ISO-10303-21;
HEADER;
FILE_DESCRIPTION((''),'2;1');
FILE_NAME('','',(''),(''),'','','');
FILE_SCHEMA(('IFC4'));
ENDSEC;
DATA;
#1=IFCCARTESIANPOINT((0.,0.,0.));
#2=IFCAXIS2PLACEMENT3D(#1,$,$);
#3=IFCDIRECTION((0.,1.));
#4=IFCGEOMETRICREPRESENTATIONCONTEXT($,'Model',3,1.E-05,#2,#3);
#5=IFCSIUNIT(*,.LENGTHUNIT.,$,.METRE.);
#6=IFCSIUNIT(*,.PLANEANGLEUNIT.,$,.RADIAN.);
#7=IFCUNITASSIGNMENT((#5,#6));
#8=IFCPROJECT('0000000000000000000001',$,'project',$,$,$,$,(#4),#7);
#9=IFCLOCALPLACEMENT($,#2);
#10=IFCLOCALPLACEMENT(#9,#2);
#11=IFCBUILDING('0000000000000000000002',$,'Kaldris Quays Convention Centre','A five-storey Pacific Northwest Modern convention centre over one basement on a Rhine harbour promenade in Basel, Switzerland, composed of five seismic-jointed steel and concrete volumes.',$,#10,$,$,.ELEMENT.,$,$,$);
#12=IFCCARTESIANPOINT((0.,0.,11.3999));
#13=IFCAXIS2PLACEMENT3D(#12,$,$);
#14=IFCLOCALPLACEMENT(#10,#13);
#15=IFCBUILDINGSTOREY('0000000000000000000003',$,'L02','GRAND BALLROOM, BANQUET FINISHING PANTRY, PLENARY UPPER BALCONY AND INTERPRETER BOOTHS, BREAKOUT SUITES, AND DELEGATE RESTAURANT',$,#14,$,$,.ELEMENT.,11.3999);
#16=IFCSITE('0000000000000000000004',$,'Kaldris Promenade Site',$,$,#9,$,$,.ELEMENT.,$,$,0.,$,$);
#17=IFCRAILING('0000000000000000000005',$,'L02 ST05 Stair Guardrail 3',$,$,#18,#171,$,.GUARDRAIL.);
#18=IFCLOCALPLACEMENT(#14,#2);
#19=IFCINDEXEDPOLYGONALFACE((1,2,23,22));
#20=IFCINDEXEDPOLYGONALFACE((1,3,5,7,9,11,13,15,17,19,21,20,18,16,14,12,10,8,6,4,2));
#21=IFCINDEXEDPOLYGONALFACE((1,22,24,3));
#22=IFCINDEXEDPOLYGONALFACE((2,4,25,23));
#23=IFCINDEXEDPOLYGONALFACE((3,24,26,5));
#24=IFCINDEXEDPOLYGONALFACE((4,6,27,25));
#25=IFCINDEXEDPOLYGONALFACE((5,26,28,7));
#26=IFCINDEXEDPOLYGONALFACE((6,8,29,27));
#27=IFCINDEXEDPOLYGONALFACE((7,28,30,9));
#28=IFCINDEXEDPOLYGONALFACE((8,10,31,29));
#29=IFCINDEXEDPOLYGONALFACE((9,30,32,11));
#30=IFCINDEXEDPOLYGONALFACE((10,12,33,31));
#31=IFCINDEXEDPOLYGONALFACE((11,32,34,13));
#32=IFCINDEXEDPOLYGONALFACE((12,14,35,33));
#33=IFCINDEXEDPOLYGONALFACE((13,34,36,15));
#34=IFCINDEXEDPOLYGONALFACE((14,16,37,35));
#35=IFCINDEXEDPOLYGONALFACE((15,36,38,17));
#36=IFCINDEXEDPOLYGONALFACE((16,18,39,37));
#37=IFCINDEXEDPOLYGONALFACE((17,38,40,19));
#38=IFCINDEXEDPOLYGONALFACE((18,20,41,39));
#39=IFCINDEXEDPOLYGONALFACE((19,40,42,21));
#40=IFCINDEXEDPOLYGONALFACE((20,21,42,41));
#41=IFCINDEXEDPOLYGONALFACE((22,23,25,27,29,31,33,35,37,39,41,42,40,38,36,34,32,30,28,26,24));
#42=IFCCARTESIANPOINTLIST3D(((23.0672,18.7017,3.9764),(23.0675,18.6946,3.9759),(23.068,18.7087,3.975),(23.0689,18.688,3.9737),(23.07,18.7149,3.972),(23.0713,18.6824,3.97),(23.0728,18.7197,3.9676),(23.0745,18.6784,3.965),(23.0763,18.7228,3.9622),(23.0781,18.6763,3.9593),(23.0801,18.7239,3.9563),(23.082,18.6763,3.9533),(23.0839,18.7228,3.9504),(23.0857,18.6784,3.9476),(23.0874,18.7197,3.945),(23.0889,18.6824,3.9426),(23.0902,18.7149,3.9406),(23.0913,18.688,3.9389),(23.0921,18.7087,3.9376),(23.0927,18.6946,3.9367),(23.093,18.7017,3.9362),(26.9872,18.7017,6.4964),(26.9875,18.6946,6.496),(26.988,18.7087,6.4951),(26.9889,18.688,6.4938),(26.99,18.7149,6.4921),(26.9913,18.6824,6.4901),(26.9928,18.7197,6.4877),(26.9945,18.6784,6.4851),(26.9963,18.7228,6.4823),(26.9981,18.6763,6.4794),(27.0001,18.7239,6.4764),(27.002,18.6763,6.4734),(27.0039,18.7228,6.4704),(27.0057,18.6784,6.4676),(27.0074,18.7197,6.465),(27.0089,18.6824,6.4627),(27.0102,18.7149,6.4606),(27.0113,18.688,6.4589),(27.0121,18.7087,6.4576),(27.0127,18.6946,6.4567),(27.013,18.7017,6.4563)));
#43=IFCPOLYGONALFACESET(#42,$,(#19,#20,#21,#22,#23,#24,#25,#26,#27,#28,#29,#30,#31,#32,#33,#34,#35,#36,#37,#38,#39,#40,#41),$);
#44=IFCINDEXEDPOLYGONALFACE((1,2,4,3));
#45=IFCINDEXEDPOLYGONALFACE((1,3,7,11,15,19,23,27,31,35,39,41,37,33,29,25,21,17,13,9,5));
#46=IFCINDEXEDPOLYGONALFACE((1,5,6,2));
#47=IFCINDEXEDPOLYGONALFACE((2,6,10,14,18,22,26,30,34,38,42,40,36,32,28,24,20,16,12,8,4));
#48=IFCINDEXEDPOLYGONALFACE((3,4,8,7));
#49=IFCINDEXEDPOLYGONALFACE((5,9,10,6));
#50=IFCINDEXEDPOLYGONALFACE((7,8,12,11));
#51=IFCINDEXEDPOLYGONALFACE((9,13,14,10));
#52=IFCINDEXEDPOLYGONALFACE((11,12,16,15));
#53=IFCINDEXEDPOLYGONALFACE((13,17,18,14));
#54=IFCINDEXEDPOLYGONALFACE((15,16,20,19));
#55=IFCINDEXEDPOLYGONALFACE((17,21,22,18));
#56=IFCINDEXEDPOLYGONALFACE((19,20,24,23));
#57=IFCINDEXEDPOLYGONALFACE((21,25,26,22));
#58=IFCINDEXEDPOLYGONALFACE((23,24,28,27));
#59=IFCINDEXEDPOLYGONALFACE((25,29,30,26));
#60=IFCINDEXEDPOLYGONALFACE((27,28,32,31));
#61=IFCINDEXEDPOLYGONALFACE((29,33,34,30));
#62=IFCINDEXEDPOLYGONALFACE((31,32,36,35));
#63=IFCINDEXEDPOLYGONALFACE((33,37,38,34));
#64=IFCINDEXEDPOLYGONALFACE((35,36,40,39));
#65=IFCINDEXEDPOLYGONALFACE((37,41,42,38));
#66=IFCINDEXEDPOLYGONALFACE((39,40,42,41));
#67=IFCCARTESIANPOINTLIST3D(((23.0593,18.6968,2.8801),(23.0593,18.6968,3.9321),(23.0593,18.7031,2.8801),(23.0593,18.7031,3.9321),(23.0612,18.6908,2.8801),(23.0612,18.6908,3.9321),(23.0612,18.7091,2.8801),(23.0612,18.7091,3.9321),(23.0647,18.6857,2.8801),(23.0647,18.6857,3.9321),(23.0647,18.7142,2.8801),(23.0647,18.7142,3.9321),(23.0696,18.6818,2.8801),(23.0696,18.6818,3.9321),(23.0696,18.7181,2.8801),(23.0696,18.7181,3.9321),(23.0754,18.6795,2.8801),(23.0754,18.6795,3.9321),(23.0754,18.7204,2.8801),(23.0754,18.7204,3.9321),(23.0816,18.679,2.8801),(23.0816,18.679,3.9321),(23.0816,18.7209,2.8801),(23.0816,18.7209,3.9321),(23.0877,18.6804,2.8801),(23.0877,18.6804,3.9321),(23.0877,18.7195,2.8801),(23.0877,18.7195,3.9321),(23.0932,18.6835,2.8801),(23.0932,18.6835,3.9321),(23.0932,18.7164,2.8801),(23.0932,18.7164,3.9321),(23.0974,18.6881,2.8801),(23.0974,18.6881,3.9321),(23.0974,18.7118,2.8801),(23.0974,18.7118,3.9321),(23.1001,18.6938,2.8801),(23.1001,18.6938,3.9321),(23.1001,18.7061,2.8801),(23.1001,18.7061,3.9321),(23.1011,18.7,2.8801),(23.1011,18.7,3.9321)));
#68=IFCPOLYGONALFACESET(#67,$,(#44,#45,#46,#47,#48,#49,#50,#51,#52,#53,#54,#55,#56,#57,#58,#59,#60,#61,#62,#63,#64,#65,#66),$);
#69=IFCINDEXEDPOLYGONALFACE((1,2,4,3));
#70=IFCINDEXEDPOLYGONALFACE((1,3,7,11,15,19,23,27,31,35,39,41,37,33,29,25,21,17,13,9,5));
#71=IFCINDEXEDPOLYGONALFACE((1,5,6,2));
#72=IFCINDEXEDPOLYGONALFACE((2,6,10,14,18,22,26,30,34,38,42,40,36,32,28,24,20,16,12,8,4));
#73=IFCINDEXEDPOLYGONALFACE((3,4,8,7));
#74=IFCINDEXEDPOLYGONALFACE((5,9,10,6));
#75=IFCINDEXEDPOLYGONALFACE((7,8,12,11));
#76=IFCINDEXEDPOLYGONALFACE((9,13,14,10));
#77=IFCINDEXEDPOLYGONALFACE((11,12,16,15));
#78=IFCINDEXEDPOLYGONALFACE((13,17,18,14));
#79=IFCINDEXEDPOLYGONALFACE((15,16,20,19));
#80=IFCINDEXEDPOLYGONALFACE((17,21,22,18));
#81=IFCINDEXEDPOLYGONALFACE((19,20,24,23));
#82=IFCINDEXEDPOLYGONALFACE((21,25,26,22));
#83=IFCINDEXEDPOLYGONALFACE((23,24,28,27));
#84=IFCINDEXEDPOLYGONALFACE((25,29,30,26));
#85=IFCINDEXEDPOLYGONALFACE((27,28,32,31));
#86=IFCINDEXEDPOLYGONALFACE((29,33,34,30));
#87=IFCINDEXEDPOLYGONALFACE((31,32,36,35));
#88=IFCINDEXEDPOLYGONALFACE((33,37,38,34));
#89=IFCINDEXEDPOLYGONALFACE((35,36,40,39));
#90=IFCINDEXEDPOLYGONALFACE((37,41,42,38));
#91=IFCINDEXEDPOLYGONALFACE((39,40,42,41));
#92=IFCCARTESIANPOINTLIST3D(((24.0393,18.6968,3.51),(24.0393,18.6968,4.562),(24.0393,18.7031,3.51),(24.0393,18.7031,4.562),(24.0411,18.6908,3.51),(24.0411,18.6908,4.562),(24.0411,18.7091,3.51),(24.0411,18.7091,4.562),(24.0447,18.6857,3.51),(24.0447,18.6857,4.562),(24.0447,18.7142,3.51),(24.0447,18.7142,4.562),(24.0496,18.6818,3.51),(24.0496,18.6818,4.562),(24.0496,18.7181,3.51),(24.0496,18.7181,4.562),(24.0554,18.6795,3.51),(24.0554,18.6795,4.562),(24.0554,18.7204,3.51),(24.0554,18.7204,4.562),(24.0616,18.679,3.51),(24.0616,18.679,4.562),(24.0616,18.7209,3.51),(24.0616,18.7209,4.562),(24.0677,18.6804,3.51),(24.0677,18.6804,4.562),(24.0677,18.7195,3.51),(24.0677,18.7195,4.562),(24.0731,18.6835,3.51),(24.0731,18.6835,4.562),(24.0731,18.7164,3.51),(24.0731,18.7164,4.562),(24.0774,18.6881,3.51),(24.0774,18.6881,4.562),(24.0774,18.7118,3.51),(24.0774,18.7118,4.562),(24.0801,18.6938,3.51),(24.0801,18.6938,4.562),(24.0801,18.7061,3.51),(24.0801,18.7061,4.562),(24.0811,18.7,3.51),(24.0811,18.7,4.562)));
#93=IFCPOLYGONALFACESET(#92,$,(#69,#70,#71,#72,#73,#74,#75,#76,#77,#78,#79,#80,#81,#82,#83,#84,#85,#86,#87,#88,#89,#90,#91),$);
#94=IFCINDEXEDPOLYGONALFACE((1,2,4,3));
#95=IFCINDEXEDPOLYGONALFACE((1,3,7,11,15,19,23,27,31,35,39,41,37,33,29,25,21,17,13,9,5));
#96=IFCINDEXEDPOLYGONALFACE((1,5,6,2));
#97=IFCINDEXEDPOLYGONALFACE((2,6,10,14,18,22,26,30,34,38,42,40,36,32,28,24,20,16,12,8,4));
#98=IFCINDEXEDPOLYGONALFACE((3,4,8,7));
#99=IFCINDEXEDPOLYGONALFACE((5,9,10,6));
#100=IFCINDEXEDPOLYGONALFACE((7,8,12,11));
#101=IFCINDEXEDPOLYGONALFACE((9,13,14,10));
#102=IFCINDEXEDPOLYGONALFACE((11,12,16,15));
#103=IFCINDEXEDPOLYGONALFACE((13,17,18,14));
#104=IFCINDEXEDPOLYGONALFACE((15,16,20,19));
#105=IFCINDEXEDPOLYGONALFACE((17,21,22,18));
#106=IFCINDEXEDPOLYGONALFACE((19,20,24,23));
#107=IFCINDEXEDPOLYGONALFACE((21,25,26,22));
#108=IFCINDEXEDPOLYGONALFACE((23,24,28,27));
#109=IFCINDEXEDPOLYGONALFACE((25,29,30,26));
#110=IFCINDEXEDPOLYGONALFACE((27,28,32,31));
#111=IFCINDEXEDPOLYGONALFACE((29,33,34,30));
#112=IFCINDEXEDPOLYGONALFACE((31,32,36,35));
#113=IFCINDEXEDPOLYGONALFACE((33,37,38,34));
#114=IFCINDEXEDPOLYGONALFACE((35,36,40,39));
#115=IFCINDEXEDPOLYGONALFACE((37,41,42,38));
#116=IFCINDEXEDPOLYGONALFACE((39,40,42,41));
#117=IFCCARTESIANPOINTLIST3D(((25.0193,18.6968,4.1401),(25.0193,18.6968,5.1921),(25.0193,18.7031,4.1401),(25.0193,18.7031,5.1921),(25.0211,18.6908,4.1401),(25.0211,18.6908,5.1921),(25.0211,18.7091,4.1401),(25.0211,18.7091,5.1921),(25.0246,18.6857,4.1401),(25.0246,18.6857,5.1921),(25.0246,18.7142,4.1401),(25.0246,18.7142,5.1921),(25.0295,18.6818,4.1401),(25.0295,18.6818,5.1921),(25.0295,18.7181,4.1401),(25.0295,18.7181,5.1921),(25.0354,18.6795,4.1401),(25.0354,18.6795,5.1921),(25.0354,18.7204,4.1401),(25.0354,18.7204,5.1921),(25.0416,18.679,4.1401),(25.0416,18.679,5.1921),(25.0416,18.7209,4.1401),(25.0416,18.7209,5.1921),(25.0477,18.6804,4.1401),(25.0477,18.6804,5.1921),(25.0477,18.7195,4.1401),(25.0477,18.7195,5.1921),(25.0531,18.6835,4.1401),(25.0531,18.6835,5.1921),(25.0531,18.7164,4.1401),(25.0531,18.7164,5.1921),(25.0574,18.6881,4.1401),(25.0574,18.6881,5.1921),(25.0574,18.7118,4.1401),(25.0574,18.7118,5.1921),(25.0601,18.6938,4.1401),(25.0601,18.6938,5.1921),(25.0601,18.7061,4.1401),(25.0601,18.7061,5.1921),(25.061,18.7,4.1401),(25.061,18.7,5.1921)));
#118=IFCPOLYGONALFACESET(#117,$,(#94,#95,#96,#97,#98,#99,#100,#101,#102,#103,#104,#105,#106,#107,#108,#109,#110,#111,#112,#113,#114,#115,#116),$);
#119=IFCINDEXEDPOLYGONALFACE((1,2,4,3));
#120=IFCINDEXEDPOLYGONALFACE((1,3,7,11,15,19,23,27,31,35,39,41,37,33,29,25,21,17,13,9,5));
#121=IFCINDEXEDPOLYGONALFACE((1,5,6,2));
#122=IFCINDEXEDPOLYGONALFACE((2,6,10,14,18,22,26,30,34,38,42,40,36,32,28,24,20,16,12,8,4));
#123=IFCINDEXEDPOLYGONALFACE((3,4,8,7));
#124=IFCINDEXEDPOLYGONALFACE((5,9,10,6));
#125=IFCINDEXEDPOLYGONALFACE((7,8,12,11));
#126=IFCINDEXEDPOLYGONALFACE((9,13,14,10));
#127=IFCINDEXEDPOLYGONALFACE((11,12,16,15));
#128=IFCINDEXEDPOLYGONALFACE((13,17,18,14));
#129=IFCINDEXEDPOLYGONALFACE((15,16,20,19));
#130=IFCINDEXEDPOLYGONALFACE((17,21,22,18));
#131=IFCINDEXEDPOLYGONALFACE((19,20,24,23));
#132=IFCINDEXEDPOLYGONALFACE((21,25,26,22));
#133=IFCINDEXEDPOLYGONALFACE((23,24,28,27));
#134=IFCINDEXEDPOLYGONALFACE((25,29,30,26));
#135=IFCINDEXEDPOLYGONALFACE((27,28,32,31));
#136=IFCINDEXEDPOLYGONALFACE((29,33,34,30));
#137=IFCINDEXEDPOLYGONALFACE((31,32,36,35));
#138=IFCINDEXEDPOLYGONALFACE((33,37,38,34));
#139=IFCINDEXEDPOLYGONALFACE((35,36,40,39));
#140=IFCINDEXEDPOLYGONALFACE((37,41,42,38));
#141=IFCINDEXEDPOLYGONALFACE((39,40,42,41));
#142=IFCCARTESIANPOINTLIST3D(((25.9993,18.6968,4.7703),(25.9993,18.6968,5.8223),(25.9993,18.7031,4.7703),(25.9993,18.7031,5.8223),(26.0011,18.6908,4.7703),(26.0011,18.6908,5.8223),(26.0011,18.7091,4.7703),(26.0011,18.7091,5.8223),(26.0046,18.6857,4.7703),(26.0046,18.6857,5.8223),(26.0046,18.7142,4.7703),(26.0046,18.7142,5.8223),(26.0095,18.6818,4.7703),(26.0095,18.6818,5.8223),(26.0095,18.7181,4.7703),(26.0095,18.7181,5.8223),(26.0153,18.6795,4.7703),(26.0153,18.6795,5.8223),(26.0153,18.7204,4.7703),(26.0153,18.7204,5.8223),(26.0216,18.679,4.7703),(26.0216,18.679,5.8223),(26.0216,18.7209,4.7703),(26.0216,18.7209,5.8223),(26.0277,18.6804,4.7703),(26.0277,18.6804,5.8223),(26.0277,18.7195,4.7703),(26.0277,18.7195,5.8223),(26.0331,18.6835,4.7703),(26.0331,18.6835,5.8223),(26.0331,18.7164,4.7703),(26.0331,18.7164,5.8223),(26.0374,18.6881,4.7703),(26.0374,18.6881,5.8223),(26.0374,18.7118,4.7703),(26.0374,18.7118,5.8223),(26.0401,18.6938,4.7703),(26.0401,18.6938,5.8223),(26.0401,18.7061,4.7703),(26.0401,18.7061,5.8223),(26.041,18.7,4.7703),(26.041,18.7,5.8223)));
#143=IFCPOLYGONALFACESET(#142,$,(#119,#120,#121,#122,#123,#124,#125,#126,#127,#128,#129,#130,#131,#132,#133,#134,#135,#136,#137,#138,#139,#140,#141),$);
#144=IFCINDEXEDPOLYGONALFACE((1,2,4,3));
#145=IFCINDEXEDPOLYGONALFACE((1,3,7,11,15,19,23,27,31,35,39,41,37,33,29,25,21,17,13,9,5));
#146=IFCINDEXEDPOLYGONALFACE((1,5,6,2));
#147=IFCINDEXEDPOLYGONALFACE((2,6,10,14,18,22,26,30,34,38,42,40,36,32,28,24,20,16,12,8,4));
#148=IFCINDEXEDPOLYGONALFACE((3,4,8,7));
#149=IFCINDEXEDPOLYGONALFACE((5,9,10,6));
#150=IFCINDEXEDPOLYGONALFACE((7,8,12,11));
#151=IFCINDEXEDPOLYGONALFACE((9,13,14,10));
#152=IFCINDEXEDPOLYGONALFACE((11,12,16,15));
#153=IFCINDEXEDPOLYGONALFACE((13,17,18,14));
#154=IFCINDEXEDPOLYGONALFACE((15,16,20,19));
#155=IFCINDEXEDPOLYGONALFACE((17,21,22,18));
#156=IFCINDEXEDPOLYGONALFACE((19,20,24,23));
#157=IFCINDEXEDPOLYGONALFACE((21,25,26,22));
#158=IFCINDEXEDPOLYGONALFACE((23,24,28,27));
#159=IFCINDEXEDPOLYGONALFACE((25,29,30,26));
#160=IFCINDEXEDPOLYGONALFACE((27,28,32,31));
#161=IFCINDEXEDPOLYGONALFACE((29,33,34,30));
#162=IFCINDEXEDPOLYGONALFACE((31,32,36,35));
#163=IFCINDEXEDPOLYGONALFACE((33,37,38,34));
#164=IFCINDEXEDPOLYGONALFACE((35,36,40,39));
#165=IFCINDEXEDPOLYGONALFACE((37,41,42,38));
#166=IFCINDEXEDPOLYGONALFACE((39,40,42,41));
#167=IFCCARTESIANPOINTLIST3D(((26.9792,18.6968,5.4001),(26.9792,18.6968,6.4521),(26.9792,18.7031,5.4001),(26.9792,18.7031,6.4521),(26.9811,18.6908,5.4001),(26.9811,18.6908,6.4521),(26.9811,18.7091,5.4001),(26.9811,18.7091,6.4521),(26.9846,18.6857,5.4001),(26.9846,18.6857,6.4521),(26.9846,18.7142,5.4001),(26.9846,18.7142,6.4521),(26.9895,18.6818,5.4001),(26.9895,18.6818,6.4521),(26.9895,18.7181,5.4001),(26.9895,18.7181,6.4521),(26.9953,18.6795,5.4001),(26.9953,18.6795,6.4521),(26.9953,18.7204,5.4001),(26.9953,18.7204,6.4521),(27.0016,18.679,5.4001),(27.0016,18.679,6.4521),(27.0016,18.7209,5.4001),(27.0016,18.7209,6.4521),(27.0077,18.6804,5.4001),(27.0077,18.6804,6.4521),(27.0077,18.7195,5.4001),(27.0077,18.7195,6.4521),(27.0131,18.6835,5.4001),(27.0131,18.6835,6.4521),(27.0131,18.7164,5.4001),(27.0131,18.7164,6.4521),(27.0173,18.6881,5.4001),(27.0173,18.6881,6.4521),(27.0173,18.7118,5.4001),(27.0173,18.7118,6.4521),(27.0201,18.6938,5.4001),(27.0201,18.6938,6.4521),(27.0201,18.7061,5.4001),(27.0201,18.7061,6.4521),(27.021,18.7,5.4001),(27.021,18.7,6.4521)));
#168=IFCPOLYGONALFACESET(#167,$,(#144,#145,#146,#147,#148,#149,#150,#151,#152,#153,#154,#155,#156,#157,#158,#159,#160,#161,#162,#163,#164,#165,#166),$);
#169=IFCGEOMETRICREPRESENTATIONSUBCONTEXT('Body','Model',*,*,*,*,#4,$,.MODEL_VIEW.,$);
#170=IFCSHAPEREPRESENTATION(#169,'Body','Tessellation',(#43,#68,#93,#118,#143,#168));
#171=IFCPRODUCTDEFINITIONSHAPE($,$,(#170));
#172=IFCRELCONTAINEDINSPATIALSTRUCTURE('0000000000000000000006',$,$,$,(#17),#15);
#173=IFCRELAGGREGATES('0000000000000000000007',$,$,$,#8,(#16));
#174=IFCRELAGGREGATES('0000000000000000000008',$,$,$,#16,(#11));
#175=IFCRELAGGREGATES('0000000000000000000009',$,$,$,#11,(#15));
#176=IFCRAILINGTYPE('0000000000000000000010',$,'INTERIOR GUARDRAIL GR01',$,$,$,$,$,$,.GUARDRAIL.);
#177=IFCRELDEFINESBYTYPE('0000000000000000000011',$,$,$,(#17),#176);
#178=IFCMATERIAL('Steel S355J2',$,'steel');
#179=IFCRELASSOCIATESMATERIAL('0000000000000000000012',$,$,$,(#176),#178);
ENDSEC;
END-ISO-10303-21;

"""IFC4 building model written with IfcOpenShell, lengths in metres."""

from ifc_helpers import new_model, si_unit, direction, frame, origin, origin_2d, place, context, subcontext, project, spatial, circle, extrude, material, type_object, element, save


model = new_model("IFC4")

# Units and contexts
model_context = context("Model", 3, precision=1e-05, world=origin(), true_north=direction((0.0, 1.0)))
body_context = subcontext(model_context, "Body", "Model", "MODEL_VIEW")
ifc_project = project(units=[si_unit("LENGTHUNIT", "METRE"), si_unit("PLANEANGLEUNIT", "RADIAN")], contexts=[model_context])

# Site, building, storey
site_placement = place(None, origin())
site = spatial("IfcSite", under=ifc_project, at=site_placement, Name="Kaldris Promenade Site", CompositionType="ELEMENT", RefElevation=0.0)
building_placement = place(site_placement, origin())
building = spatial("IfcBuilding", under=site, at=building_placement, Name="Kaldris Quays Convention Centre", Description="A five-storey Pacific Northwest Modern convention centre over one basement on a Rhine harbour promenade in Basel, Switzerland, composed of five seismic-jointed steel and concrete volumes.", CompositionType="ELEMENT")
storey_placement = place(building_placement, frame((0.0, 0.0, 11.3999)))
storey = spatial("IfcBuildingStorey", under=building, at=storey_placement, Name="L02", Description="GRAND BALLROOM, BANQUET FINISHING PANTRY, PLENARY UPPER BALCONY AND INTERPRETER BOOTHS, BREAKOUT SUITES, AND DELEGATE RESTAURANT", CompositionType="ELEMENT", Elevation=11.3999)

# Shared definitions
ifc_material_1 = material(Name="Steel S355J2", Category="steel")

# Railing
railing_type_1 = type_object("IfcRailingType", Name="INTERIOR GUARDRAIL GR01", PredefinedType="GUARDRAIL", material=ifc_material_1)
railing_1_placement = place(storey_placement, frame((23.0801, 18.7, 2.8801)))
element("IfcRailing", 1, at=railing_1_placement, inside=storey, type_object=railing_type_1, Name="L02 ST05 Stair Guardrail 3", PredefinedType="GUARDRAIL", context=body_context, shape_type="SweptSolid", body=[
    extrude(circle(Radius=0.0239, at=origin_2d()), frame((0.0, 0.0, 1.0762), z_axis=(0.841172, 0.0, 0.540768), x_axis=(0.0, 1.0, 0.0)), (0.0, 0.0, 1.0), 4.6602),
    extrude(circle(Radius=0.021, at=origin_2d()), origin(), (0.0, 0.0, 1.0), 1.052),
    extrude(circle(Radius=0.021, at=origin_2d()), frame((0.98, 0.0, 0.6299)), (0.0, 0.0, 1.0), 1.052),
    extrude(circle(Radius=0.021, at=origin_2d()), frame((1.96, 0.0, 1.26)), (0.0, 0.0, 1.0), 1.052),
    extrude(circle(Radius=0.021, at=origin_2d()), frame((2.9399, 0.0, 1.8901)), (0.0, 0.0, 1.0), 1.052),
    extrude(circle(Radius=0.021, at=origin_2d()), frame((3.9199, 0.0, 2.52)), (0.0, 0.0, 1.0), 1.052),
])

save(model, "model.ifc")
